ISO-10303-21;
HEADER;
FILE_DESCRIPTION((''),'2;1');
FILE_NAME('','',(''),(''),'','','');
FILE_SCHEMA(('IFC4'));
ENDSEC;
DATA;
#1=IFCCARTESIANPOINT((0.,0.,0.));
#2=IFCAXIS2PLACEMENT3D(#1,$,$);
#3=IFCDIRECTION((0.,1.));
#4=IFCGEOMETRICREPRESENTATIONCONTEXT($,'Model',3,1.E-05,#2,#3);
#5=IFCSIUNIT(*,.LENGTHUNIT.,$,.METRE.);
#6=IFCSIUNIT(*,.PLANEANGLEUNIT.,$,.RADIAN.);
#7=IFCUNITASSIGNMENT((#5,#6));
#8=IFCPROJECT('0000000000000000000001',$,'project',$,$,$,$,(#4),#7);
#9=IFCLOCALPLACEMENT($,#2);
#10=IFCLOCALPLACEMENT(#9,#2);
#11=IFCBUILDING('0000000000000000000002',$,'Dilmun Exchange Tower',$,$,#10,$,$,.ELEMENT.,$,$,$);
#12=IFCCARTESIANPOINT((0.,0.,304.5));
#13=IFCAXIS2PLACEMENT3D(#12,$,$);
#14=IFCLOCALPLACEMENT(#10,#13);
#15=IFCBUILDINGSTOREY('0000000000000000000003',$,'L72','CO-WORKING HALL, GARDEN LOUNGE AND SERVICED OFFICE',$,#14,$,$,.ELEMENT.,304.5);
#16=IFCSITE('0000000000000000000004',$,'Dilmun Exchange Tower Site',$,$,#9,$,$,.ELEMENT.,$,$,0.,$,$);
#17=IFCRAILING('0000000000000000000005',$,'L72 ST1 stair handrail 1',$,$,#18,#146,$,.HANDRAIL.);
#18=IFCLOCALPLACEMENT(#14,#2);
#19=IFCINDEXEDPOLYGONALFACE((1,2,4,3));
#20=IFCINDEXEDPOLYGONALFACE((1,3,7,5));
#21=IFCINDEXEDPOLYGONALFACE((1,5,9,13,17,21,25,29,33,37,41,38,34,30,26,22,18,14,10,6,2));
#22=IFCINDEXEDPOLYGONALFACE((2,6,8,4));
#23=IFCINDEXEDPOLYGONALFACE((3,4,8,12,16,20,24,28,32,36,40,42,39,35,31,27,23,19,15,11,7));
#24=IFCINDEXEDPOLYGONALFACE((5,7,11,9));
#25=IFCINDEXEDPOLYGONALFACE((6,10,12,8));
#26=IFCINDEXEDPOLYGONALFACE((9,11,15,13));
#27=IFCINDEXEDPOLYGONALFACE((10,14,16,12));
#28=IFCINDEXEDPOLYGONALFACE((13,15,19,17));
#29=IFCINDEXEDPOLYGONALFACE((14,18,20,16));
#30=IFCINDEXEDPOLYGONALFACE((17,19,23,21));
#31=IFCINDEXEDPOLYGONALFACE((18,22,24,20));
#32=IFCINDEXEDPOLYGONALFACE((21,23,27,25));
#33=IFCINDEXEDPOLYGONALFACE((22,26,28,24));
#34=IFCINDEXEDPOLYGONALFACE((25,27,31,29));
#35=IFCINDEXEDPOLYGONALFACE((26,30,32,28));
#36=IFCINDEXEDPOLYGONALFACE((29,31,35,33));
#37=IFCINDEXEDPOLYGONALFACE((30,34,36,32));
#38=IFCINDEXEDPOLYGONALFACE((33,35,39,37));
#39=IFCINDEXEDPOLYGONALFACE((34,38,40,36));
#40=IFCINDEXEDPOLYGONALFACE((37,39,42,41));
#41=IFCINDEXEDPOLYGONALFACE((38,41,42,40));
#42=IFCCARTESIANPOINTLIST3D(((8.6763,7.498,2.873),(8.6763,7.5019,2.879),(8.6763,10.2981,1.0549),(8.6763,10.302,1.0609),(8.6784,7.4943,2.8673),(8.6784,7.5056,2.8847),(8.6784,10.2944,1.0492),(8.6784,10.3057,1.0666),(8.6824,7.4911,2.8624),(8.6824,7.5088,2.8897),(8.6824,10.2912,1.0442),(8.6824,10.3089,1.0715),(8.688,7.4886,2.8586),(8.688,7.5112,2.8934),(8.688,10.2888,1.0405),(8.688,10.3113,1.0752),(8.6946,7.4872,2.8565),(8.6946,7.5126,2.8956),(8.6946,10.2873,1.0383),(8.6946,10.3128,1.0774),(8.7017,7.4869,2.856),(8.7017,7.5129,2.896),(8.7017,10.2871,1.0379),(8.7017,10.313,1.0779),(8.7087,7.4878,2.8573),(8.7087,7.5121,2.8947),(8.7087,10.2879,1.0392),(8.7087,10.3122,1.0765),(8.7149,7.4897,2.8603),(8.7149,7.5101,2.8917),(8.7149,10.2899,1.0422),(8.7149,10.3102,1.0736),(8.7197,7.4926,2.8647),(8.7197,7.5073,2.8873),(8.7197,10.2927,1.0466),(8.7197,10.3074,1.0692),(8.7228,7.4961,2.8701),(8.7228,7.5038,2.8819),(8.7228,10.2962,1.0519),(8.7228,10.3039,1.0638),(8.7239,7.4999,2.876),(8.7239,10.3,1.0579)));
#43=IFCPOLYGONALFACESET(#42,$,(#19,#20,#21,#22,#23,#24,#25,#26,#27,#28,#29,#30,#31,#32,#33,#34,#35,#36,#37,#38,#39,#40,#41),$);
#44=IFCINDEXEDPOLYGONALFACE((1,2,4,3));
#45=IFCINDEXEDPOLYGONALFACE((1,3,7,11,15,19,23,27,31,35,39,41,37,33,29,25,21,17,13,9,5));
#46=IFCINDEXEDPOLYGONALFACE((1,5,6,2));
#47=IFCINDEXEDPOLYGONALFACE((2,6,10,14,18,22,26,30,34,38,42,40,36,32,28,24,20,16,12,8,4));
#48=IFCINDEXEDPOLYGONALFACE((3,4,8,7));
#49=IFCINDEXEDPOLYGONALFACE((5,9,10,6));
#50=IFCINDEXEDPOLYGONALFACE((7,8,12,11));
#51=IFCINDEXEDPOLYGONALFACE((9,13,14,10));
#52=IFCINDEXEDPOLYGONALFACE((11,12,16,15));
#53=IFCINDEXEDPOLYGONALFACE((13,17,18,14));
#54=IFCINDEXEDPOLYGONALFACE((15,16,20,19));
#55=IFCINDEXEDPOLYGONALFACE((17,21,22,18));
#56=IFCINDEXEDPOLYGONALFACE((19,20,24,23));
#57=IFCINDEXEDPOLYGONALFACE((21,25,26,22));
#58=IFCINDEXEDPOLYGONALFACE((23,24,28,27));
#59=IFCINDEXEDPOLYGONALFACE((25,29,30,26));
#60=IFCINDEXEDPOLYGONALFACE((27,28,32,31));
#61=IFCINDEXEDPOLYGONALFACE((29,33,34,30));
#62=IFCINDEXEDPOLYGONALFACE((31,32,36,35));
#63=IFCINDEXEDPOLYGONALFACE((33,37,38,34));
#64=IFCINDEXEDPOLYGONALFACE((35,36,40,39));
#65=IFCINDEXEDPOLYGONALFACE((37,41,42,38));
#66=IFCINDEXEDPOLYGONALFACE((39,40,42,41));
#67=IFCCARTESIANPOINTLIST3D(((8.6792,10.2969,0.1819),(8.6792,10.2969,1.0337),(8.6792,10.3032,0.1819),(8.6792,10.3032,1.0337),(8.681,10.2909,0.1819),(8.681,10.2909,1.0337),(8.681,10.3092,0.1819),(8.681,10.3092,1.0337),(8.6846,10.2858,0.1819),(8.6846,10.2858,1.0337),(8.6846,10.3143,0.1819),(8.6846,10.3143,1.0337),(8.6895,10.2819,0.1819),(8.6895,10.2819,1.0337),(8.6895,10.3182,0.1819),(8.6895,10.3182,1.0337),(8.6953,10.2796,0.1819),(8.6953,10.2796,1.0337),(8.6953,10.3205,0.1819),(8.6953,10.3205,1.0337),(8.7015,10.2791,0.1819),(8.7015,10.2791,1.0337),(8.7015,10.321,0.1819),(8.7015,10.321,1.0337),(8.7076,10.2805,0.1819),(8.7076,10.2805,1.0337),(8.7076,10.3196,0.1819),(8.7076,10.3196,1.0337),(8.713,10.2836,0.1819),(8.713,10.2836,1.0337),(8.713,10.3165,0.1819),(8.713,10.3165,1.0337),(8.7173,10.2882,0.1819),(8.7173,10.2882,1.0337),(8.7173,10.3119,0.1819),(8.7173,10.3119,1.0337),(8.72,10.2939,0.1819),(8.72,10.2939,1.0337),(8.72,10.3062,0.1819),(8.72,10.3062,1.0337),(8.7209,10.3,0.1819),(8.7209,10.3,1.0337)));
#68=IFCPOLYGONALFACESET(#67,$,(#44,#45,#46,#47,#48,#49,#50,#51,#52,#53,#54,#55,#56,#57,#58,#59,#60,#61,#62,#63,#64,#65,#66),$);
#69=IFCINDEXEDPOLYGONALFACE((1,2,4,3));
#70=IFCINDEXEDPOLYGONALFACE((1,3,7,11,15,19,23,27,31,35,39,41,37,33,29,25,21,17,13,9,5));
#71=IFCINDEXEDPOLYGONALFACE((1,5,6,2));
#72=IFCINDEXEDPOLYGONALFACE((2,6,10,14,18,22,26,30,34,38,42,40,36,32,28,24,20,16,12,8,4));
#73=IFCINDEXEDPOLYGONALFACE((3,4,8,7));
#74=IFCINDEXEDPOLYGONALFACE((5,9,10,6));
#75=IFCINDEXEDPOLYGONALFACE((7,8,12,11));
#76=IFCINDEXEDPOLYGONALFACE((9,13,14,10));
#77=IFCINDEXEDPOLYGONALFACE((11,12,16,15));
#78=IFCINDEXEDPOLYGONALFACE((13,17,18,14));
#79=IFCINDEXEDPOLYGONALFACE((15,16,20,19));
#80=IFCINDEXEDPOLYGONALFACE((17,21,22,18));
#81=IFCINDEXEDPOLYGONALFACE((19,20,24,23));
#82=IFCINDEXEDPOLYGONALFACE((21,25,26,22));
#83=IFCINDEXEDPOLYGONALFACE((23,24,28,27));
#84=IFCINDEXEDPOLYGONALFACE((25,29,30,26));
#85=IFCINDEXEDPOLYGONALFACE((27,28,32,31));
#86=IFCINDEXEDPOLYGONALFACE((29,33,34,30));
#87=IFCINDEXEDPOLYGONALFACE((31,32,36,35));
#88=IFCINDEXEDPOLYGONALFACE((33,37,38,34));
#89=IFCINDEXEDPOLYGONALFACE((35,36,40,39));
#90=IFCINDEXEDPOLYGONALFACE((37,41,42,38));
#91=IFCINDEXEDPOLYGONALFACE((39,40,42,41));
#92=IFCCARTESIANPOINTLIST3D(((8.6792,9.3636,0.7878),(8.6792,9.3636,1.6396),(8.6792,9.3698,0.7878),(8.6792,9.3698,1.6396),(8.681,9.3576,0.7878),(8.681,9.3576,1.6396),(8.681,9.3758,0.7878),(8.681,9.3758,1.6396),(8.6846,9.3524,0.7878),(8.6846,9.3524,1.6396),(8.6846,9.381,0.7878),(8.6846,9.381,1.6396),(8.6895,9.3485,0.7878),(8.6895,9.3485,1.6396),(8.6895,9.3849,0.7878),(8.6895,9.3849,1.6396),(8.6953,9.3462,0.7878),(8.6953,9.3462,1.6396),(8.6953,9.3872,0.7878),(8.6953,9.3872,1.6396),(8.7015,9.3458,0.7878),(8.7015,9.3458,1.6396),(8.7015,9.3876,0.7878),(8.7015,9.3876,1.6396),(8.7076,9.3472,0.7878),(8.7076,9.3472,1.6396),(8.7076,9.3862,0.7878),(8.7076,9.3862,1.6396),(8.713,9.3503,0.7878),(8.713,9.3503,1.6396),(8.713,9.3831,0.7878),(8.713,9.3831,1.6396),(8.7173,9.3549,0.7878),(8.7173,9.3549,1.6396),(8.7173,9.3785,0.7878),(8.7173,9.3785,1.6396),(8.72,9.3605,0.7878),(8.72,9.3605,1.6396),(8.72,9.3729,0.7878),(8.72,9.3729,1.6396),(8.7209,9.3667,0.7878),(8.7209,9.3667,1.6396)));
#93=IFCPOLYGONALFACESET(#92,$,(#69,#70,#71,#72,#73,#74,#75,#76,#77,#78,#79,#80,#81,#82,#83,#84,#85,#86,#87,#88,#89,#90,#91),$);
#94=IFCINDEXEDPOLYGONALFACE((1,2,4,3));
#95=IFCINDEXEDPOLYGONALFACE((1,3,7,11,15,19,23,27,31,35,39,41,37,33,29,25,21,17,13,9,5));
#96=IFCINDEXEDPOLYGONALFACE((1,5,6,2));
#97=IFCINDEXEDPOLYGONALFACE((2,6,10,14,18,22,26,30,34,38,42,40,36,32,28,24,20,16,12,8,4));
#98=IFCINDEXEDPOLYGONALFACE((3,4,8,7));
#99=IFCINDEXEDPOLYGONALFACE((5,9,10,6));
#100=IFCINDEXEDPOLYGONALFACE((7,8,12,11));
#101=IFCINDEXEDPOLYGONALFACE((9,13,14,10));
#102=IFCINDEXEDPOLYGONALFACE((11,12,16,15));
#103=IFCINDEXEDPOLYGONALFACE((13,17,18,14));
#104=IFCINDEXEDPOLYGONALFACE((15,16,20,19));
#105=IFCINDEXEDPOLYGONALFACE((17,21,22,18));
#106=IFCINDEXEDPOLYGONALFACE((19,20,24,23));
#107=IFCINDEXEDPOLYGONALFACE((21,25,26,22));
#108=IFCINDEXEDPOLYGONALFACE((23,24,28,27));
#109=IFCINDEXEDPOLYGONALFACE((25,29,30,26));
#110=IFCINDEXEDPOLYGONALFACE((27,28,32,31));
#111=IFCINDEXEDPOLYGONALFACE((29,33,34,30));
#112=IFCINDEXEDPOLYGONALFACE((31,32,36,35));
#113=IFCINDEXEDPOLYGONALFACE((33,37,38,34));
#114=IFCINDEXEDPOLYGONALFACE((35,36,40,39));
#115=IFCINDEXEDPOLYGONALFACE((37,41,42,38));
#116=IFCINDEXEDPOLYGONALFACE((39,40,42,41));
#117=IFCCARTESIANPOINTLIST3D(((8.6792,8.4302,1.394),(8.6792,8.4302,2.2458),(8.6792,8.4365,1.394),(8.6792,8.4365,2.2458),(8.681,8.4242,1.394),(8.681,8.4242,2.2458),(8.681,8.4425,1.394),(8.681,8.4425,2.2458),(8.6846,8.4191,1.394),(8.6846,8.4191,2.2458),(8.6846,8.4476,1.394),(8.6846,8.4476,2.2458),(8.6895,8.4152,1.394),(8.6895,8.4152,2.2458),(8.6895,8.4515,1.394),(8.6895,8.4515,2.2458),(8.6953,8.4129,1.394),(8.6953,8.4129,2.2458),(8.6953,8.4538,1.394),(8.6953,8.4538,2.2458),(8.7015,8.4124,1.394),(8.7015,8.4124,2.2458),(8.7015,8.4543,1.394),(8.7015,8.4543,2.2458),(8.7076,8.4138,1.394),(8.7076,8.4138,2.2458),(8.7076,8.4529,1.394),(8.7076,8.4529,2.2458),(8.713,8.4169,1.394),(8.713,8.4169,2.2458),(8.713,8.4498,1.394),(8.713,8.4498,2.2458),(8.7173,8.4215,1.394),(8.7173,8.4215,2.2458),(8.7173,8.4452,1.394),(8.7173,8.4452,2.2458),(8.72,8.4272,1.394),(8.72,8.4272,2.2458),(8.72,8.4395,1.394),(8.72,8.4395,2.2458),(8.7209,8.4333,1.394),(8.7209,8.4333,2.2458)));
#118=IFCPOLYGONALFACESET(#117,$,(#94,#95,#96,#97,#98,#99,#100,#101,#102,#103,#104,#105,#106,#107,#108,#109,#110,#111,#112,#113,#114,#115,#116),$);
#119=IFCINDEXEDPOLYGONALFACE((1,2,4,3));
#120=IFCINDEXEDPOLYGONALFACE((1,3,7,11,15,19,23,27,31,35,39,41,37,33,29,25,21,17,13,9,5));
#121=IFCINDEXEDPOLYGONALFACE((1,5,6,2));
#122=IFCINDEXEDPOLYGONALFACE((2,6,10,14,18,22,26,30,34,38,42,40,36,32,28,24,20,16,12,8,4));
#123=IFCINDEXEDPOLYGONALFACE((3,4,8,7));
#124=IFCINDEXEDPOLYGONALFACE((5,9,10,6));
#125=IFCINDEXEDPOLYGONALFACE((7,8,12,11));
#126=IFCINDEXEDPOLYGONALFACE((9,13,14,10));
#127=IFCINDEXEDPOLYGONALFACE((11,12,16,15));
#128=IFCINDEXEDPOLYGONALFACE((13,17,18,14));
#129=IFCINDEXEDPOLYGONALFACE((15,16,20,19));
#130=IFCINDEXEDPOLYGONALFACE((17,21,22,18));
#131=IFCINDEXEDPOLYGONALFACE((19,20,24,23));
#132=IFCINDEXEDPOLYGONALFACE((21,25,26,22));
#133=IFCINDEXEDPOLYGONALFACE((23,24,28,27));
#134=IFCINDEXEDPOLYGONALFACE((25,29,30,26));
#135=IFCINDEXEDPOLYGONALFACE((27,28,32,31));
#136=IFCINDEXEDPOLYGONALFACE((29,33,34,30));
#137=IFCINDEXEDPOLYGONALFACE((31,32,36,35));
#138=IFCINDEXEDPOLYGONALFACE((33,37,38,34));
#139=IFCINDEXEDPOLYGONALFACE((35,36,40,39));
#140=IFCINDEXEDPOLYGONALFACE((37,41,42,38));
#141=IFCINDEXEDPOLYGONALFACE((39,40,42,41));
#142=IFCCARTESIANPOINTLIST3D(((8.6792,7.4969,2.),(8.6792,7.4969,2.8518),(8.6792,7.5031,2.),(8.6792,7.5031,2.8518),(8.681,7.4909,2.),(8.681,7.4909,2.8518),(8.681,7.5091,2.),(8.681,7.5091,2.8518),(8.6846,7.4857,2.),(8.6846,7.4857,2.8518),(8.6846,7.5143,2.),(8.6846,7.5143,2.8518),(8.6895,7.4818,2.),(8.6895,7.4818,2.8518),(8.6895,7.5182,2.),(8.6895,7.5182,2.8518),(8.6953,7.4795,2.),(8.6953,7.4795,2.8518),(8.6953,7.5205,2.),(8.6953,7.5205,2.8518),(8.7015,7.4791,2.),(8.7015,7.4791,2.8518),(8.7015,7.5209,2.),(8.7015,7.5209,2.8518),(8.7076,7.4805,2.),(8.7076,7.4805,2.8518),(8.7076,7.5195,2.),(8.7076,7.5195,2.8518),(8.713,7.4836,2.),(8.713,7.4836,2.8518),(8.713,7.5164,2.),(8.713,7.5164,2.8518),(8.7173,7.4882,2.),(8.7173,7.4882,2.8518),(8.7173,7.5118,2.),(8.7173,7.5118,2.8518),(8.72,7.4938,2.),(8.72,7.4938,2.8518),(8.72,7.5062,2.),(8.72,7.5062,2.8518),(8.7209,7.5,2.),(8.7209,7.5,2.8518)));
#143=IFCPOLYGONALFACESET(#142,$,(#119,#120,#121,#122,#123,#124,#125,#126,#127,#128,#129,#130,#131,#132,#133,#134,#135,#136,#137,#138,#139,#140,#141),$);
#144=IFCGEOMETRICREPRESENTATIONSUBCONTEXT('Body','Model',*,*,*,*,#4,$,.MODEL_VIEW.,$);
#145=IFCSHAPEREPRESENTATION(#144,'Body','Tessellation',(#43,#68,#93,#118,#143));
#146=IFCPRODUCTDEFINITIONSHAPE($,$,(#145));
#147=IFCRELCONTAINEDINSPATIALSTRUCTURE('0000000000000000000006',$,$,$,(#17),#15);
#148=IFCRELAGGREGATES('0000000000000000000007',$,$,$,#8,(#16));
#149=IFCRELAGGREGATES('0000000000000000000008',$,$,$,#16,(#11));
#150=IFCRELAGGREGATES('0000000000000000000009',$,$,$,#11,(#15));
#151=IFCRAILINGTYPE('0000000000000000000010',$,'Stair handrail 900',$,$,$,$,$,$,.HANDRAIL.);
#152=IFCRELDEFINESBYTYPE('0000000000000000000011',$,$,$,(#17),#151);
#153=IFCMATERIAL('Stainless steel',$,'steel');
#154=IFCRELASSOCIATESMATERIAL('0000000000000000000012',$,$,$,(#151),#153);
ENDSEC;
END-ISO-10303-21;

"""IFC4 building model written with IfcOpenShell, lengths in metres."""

from ifc_helpers import new_model, si_unit, direction, frame, origin, origin_2d, place, context, subcontext, project, spatial, circle, extrude, material, type_object, element, save


model = new_model("IFC4")

# Units and contexts
model_context = context("Model", 3, precision=1e-05, world=origin(), true_north=direction((0.0, 1.0)))
body_context = subcontext(model_context, "Body", "Model", "MODEL_VIEW")
ifc_project = project(units=[si_unit("LENGTHUNIT", "METRE"), si_unit("PLANEANGLEUNIT", "RADIAN")], contexts=[model_context])

# Site, building, storey
site_placement = place(None, origin())
site = spatial("IfcSite", under=ifc_project, at=site_placement, Name="Dilmun Exchange Tower Site", CompositionType="ELEMENT", RefElevation=0.0)
building_placement = place(site_placement, origin())
building = spatial("IfcBuilding", under=site, at=building_placement, Name="Dilmun Exchange Tower", CompositionType="ELEMENT")
storey_placement = place(building_placement, frame((0.0, 0.0, 304.5)))
storey = spatial("IfcBuildingStorey", under=building, at=storey_placement, Name="L72", Description="CO-WORKING HALL, GARDEN LOUNGE AND SERVICED OFFICE", CompositionType="ELEMENT", Elevation=304.5)

# Railing
ifc_material_1 = material(Name="Stainless steel", Category="steel")
railing_type = type_object("IfcRailingType", Name="Stair handrail 900", PredefinedType="HANDRAIL", material=ifc_material_1)
railing_1_placement = place(storey_placement, frame((8.7, 10.3, 0.1819)))
element("IfcRailing", 1, at=railing_1_placement, inside=storey, type_object=railing_type, Name="L72 ST1 stair handrail 1", PredefinedType="HANDRAIL", context=body_context, shape_type="SweptSolid", body=[
    extrude(circle(Radius=0.0239, at=origin_2d()), frame((0.0, 0.0, 0.876), z_axis=(0.0, -0.838706, 0.544585), x_axis=(1.0, 0.0, 0.0)), (0.0, 0.0, 1.0), 3.3386),
    extrude(circle(Radius=0.021, at=origin_2d()), origin(), (0.0, 0.0, 1.0), 0.8518),
    extrude(circle(Radius=0.021, at=origin_2d()), frame((0.0, -0.9333, 0.606)), (0.0, 0.0, 1.0), 0.8518),
    extrude(circle(Radius=0.021, at=origin_2d()), frame((0.0, -1.8667, 1.2122)), (0.0, 0.0, 1.0), 0.8518),
    extrude(circle(Radius=0.021, at=origin_2d()), frame((0.0, -2.8, 1.8181)), (0.0, 0.0, 1.0), 0.8518),
])

save(model, "model.ifc")
